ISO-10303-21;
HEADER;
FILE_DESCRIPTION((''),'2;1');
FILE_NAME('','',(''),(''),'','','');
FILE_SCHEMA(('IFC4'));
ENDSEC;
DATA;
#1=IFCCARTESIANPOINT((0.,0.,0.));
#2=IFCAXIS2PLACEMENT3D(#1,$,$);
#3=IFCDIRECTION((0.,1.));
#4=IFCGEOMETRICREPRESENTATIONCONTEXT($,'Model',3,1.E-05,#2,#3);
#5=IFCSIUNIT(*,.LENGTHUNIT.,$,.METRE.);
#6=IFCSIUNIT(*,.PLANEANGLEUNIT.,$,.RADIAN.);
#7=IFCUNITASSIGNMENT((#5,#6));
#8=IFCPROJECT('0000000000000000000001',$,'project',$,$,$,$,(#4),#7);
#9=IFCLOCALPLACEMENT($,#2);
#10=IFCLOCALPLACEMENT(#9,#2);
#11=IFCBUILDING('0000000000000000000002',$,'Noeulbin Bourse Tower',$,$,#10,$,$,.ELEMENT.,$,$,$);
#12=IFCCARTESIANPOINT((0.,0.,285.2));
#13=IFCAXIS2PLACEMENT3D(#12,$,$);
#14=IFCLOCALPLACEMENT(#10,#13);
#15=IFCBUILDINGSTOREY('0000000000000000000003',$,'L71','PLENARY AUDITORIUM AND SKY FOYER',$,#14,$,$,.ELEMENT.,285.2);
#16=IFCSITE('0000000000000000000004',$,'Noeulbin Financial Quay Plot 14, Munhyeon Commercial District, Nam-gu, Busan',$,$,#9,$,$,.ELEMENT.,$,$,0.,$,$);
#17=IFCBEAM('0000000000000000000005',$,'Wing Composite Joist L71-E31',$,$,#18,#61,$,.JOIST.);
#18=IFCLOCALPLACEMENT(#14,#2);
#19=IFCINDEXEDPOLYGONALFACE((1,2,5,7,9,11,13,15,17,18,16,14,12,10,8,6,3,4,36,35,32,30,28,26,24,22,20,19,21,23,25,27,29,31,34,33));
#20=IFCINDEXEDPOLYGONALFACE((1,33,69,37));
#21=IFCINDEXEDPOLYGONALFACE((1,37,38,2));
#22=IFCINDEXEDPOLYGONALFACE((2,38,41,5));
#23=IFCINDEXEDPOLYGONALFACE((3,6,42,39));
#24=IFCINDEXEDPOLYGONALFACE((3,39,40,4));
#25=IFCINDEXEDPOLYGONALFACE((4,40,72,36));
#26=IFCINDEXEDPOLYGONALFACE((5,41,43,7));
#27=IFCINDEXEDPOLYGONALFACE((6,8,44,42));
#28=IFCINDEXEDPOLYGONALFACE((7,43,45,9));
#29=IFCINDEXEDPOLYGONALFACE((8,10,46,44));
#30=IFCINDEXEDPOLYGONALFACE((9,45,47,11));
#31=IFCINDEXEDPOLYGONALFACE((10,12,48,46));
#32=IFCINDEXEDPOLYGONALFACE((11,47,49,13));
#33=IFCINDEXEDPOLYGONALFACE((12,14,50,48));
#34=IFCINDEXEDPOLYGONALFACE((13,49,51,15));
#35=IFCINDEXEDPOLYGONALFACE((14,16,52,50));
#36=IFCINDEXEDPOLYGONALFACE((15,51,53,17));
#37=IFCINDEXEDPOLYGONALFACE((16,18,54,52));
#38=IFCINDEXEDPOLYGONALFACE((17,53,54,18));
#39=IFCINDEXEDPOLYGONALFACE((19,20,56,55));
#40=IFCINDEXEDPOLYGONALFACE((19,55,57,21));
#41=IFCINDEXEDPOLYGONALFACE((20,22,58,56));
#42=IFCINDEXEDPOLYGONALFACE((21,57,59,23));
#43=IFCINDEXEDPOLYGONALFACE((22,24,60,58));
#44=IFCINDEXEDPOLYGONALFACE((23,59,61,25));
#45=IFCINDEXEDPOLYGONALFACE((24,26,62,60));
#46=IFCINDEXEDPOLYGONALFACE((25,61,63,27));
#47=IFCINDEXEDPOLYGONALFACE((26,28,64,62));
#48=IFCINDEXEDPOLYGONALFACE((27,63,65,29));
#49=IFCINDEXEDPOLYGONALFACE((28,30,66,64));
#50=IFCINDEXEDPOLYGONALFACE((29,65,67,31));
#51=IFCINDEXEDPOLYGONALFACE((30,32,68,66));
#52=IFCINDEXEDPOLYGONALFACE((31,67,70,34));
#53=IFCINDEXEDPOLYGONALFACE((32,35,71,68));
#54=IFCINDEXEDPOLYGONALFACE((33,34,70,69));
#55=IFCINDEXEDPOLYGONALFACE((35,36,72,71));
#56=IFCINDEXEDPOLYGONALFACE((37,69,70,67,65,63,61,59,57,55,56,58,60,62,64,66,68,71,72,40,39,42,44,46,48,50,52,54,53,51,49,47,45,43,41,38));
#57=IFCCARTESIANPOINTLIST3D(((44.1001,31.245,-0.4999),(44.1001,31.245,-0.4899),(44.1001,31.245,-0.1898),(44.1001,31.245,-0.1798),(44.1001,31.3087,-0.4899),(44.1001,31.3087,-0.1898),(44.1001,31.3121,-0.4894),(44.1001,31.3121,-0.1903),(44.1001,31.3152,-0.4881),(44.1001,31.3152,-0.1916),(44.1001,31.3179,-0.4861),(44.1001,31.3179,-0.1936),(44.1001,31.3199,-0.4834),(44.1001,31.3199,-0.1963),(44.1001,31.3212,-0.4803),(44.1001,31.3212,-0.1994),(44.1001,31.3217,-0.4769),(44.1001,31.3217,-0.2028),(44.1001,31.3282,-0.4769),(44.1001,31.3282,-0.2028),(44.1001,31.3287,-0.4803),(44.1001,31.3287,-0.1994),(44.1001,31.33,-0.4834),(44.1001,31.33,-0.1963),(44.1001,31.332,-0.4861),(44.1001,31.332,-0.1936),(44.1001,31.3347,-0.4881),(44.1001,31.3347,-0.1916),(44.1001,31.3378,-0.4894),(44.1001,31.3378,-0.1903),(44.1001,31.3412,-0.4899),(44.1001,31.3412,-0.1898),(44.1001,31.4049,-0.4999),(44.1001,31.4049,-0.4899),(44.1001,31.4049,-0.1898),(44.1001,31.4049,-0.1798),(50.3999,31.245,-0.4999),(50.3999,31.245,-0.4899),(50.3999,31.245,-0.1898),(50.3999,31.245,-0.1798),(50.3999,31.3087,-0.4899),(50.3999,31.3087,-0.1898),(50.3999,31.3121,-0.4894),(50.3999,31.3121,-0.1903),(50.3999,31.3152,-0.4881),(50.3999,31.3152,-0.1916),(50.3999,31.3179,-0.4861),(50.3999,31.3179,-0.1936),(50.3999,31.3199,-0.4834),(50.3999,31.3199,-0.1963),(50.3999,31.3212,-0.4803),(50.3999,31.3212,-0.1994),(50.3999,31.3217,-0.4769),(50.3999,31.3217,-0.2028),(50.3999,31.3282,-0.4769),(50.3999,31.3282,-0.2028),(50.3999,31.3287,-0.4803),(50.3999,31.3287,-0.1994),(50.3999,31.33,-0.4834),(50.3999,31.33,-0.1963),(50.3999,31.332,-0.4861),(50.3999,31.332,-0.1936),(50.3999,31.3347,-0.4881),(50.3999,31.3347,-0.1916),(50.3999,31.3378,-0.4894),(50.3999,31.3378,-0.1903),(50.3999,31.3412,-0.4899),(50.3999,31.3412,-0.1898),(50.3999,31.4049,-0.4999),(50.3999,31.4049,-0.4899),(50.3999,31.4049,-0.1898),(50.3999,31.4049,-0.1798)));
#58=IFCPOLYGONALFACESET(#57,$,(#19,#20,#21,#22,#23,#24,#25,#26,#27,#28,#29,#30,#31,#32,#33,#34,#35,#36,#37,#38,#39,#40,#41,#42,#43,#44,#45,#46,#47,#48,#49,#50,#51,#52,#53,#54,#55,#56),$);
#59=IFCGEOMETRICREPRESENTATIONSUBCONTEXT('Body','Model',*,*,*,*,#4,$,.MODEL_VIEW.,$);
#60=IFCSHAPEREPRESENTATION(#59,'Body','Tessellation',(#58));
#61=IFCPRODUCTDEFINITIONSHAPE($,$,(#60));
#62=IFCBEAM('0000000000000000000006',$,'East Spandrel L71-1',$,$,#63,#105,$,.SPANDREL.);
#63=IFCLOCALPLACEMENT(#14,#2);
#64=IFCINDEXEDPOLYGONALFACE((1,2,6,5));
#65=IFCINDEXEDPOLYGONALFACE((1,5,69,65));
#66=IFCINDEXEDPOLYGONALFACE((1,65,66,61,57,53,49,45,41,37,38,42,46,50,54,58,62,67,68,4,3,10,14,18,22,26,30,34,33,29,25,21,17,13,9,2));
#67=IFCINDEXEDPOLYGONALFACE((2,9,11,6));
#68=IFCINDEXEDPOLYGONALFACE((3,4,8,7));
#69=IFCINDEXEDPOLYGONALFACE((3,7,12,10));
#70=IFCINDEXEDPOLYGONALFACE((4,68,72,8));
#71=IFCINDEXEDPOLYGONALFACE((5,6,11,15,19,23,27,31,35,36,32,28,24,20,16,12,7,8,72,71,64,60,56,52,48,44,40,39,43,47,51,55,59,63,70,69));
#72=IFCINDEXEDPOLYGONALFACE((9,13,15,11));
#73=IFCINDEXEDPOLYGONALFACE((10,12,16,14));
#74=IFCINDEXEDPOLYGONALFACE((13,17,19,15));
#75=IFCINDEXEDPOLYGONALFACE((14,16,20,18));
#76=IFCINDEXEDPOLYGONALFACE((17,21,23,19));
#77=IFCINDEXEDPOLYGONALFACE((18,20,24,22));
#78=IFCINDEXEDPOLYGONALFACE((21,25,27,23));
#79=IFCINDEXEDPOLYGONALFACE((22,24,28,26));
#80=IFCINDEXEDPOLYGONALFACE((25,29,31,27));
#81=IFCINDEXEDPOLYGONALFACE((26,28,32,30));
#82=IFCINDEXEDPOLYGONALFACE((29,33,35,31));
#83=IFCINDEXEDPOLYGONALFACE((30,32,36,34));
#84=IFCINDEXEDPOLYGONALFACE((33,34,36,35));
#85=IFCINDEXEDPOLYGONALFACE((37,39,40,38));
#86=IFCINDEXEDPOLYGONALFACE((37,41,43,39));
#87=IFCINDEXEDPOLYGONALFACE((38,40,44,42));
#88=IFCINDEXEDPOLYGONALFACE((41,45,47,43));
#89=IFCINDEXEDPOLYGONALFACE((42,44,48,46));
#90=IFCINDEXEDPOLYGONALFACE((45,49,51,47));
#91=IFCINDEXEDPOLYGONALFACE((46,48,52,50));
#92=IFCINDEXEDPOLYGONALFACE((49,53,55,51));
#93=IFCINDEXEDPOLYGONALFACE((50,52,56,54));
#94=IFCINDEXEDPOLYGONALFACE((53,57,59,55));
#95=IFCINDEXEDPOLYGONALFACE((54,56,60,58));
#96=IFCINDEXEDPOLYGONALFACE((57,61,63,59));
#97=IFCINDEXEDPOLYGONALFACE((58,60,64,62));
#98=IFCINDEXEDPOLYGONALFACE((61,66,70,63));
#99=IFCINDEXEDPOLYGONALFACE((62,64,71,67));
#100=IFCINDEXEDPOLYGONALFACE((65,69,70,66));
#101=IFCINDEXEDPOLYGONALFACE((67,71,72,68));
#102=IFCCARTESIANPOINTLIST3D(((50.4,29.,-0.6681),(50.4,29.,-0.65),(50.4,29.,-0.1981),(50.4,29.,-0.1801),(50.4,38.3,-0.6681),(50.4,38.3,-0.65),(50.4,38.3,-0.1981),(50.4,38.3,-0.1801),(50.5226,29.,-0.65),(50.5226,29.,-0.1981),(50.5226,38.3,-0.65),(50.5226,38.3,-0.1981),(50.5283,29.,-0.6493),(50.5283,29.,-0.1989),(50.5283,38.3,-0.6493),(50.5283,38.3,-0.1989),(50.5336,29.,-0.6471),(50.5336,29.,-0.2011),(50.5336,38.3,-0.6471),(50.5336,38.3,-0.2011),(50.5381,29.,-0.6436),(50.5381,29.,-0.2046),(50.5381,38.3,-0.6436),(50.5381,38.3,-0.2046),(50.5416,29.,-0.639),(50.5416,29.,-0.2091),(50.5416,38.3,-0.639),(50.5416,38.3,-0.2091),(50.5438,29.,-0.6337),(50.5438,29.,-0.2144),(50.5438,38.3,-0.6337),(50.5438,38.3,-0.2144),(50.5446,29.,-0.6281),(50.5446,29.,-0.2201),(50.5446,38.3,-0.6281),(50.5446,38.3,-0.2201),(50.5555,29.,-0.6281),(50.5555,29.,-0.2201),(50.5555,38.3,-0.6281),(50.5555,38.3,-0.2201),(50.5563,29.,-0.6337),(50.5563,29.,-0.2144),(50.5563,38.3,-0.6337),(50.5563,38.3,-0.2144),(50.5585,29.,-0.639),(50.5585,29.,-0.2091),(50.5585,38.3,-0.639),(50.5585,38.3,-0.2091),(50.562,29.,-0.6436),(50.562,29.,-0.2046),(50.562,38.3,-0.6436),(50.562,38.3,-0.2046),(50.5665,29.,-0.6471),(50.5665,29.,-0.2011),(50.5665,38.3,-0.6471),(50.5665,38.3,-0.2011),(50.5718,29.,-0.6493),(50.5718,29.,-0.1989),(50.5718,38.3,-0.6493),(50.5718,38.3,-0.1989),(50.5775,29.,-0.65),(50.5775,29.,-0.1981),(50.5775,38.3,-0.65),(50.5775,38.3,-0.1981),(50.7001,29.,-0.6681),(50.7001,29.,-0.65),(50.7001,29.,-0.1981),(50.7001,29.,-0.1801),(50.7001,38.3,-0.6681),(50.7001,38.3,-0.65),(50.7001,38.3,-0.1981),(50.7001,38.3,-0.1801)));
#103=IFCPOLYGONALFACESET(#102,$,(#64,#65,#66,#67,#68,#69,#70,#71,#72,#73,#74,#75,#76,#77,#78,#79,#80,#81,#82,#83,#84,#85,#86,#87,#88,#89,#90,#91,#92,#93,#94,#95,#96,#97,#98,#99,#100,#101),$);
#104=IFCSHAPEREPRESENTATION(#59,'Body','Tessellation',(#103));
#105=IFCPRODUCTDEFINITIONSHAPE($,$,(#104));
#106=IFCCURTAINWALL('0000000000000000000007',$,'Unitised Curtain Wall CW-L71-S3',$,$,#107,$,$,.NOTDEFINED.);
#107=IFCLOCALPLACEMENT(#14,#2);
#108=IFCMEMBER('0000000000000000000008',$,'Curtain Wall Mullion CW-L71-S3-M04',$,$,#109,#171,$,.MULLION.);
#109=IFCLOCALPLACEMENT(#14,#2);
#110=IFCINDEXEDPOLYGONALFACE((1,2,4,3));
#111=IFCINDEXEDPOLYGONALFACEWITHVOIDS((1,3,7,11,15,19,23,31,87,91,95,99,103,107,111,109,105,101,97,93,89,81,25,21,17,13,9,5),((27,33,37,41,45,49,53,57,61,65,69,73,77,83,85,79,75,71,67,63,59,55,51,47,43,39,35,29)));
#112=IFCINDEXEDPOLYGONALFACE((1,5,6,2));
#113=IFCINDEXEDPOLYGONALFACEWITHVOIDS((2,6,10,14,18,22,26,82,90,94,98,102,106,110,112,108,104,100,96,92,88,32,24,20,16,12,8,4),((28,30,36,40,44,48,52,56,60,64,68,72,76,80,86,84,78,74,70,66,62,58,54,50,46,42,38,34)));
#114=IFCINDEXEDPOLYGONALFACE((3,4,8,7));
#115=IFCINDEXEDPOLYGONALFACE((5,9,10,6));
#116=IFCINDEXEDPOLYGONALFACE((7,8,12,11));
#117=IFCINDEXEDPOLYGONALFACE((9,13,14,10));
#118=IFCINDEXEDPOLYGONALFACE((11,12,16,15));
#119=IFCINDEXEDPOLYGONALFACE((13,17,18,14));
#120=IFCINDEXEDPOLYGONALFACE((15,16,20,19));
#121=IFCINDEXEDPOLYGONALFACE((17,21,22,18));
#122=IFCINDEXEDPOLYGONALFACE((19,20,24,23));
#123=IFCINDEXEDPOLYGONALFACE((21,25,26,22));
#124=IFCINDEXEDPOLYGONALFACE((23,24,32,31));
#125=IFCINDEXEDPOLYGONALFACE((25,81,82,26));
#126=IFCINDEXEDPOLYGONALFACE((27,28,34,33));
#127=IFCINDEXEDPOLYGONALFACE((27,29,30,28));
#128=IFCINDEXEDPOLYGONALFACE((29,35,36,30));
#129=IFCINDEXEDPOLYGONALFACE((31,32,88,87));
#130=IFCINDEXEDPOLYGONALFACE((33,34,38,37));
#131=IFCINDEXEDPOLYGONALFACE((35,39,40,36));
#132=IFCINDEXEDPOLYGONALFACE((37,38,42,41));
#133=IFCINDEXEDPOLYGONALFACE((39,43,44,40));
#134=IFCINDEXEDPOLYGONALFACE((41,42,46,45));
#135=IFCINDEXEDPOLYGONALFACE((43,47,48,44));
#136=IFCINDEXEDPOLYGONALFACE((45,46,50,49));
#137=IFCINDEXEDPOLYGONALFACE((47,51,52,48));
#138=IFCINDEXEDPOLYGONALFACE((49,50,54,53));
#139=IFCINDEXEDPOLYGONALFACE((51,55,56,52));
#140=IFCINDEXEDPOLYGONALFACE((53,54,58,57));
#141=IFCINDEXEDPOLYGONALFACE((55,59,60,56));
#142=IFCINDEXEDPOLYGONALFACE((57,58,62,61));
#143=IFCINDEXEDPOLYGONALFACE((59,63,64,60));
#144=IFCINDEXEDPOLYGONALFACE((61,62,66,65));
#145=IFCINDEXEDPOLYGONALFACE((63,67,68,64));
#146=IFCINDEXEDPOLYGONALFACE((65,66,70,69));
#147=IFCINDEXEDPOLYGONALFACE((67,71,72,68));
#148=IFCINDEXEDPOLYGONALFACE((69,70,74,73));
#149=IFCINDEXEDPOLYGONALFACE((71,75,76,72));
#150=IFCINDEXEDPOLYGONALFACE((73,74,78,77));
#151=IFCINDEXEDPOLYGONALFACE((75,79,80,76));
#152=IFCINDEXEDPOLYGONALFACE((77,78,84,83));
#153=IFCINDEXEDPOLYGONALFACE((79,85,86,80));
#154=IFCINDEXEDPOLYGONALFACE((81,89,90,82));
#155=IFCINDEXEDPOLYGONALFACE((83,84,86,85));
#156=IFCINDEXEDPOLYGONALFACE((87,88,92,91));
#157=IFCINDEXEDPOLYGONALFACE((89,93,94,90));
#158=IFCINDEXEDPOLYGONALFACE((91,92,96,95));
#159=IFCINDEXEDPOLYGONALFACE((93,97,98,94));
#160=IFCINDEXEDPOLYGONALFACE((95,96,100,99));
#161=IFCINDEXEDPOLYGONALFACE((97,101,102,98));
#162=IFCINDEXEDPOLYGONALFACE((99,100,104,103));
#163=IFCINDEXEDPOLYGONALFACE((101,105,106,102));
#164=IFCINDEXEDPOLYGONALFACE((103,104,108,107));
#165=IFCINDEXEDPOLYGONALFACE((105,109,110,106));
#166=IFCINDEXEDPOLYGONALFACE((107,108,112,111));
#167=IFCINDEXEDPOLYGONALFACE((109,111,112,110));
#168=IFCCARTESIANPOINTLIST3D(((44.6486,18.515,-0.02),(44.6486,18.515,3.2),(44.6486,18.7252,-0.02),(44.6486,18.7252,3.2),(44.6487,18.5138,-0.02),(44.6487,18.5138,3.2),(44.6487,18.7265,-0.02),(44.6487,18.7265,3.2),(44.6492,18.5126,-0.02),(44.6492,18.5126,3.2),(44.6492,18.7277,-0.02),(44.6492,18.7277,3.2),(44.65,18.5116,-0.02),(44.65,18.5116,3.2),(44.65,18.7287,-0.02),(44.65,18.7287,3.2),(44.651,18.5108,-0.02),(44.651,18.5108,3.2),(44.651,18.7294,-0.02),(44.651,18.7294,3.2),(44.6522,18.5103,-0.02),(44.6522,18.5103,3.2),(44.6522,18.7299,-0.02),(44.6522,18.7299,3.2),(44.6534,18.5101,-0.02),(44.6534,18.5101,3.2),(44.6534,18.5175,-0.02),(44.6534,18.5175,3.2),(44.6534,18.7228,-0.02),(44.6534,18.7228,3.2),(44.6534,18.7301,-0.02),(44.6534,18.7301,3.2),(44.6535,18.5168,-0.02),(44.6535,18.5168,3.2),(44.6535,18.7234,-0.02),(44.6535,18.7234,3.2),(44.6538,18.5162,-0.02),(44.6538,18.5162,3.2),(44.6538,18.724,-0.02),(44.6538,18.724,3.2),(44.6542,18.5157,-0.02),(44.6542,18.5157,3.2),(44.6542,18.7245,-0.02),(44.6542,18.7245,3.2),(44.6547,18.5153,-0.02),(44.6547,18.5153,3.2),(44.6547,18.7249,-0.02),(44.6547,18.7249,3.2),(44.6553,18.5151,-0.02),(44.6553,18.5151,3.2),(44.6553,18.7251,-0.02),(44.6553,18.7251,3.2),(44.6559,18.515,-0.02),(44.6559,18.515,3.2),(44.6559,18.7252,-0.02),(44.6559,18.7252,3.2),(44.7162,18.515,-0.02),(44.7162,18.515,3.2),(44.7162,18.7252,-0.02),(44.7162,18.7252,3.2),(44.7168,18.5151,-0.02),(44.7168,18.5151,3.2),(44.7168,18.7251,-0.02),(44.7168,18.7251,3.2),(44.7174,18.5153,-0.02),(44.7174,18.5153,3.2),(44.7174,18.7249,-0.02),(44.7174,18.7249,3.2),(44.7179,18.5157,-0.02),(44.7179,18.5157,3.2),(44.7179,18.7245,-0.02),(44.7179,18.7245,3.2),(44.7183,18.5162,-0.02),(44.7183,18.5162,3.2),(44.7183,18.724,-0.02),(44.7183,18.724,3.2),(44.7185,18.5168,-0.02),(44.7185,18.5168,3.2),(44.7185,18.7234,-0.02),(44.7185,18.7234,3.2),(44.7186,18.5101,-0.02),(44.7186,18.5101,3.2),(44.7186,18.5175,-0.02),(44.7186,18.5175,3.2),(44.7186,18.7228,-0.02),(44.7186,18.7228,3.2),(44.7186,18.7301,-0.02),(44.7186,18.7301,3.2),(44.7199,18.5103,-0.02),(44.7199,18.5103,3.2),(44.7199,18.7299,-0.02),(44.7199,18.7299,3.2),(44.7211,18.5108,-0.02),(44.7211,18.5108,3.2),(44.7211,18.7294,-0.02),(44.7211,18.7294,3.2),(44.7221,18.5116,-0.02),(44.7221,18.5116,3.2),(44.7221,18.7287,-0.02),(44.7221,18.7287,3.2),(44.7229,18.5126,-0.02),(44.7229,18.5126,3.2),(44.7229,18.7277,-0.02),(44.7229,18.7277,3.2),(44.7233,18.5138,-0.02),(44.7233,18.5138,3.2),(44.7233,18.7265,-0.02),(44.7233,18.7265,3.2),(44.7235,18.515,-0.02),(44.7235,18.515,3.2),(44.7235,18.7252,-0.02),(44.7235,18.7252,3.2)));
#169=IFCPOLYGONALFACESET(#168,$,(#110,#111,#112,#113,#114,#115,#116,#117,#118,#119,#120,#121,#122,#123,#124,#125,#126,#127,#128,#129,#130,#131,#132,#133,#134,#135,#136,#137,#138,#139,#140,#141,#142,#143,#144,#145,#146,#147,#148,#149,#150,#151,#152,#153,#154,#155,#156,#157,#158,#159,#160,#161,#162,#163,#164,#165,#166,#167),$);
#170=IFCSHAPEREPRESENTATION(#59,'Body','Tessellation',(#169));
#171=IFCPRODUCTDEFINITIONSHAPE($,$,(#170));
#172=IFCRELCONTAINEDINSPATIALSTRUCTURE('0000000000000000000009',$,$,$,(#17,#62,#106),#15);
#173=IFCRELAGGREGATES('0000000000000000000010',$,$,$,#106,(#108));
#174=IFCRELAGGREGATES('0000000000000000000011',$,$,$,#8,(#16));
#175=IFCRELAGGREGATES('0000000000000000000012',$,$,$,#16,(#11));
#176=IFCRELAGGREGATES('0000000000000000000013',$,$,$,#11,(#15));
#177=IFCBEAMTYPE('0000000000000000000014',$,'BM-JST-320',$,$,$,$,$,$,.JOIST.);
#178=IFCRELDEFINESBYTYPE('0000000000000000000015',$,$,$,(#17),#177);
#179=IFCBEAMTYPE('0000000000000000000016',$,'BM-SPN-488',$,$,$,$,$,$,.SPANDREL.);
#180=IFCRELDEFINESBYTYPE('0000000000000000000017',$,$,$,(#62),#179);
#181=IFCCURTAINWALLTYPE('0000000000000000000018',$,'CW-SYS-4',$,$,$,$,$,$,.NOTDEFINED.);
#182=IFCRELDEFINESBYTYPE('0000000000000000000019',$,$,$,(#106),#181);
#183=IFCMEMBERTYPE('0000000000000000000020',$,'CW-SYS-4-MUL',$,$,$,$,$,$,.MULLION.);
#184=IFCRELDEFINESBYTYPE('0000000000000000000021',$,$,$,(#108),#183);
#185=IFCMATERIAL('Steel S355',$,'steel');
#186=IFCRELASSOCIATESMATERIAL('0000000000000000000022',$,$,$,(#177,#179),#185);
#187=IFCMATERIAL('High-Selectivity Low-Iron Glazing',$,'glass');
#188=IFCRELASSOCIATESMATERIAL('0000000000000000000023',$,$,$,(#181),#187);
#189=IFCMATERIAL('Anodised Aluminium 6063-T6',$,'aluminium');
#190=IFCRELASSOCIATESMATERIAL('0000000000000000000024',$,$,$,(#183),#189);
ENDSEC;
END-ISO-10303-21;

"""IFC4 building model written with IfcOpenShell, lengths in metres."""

from ifc_helpers import new_model, si_unit, direction, frame, origin, origin_2d, place, context, subcontext, project, spatial, hollow_rectangle, i_section, extrude, material, material_profile, profile_set, type_object, element, aggregate, save


model = new_model("IFC4")

# Units and contexts
model_context = context("Model", 3, precision=1e-05, world=origin(), true_north=direction((0.0, 1.0)))
body_context = subcontext(model_context, "Body", "Model", "MODEL_VIEW")
ifc_project = project(units=[si_unit("LENGTHUNIT", "METRE"), si_unit("PLANEANGLEUNIT", "RADIAN")], contexts=[model_context])

# Site, building, storey
site_placement = place(None, origin())
site = spatial("IfcSite", under=ifc_project, at=site_placement, Name="Noeulbin Financial Quay Plot 14, Munhyeon Commercial District, Nam-gu, Busan", CompositionType="ELEMENT", RefElevation=0.0)
building_placement = place(site_placement, origin())
building = spatial("IfcBuilding", under=site, at=building_placement, Name="Noeulbin Bourse Tower", CompositionType="ELEMENT")
storey_placement = place(building_placement, frame((0.0, 0.0, 285.2)))
storey = spatial("IfcBuildingStorey", under=building, at=storey_placement, Name="L71", Description="PLENARY AUDITORIUM AND SKY FOYER", CompositionType="ELEMENT", Elevation=285.2)

# Shared definitions
ifc_material_1 = material(Name="Steel S355", Category="steel")

# Beams
ifc_material_profile_1 = material_profile(ifc_material_1, i_section(OverallWidth=0.1599, OverallDepth=0.3201, WebThickness=0.0066, FlangeThickness=0.01, FilletRadius=0.0129, at=origin_2d()), Name="H-320x160x6.5x10", Category="LoadBearing")
ifc_profile_set_1 = profile_set([ifc_material_profile_1], Name="Steel S355")
beam_type_1 = type_object("IfcBeamType", Name="BM-JST-320", PredefinedType="JOIST", material=ifc_profile_set_1)
beam_1_placement = place(storey_placement, frame((44.1001, 31.325, -0.3398), z_axis=(1.0, 0.0, 0.0), x_axis=(0.0, 1.0, 0.0)))
element("IfcBeam", 1, at=beam_1_placement, inside=storey, type_object=beam_type_1, Name="Wing Composite Joist L71-E31", PredefinedType="JOIST", context=body_context, shape_type="SweptSolid", body=[
    extrude(i_section(OverallWidth=0.1599, OverallDepth=0.3201, WebThickness=0.0066, FlangeThickness=0.01, FilletRadius=0.0129, at=origin_2d()), origin(), (0.0, 0.0, 1.0), 6.2998),
])
ifc_material_profile_2 = material_profile(ifc_material_1, i_section(OverallWidth=0.3, OverallDepth=0.488, WebThickness=0.011, FlangeThickness=0.0181, FilletRadius=0.022, at=origin_2d()), Name="H-488x300x11x18", Category="LoadBearing")
ifc_profile_set_2 = profile_set([ifc_material_profile_2], Name="Steel S355")
beam_type_2 = type_object("IfcBeamType", Name="BM-SPN-488", PredefinedType="SPANDREL", material=ifc_profile_set_2)
beam_2_placement = place(storey_placement, frame((50.55, 29.0, -0.4241), z_axis=(0.0, 1.0, 0.0), x_axis=(-1.0, 0.0, 0.0)))
element("IfcBeam", 2, at=beam_2_placement, inside=storey, type_object=beam_type_2, Name="East Spandrel L71-1", PredefinedType="SPANDREL", context=body_context, shape_type="SweptSolid", body=[
    extrude(i_section(OverallWidth=0.3, OverallDepth=0.488, WebThickness=0.011, FlangeThickness=0.0181, FilletRadius=0.022, at=origin_2d()), origin(), (0.0, 0.0, 1.0), 9.3),
])

# Curtain wall, member
ifc_material_2 = material(Name="High-Selectivity Low-Iron Glazing", Category="glass")
curtain_wall_type = type_object("IfcCurtainWallType", Name="CW-SYS-4", PredefinedType="NOTDEFINED", material=ifc_material_2)
curtain_wall_1_placement = place(storey_placement, origin())
curtain_wall_1 = element("IfcCurtainWall", 3, at=curtain_wall_1_placement, inside=storey, type_object=curtain_wall_type, Name="Unitised Curtain Wall CW-L71-S3", PredefinedType="NOTDEFINED")
ifc_material_3 = material(Name="Anodised Aluminium 6063-T6", Category="aluminium")
ifc_material_profile_3 = material_profile(ifc_material_3, hollow_rectangle(XDim=0.075, YDim=0.22, WallThickness=0.0049, InnerFilletRadius=0.0024, OuterFilletRadius=0.0049, at=origin_2d()), Name="ALU-MULL-75x220x5", Category="LoadBearing")
ifc_profile_set_3 = profile_set([ifc_material_profile_3], Name="Anodised Aluminium 6063-T6")
member_type_1 = type_object("IfcMemberType", Name="CW-SYS-4-MUL", PredefinedType="MULLION", material=ifc_profile_set_3)
member_1_placement = place(storey_placement, frame((44.686, 18.6201, -0.02), z_axis=(0.0, 0.0, 1.0), x_axis=(1.0, 0.0, 0.0)))
member_1 = element("IfcMember", 4, at=member_1_placement, type_object=member_type_1, Name="Curtain Wall Mullion CW-L71-S3-M04", PredefinedType="MULLION", context=body_context, shape_type="SweptSolid", body=[
    extrude(hollow_rectangle(XDim=0.075, YDim=0.22, WallThickness=0.0049, InnerFilletRadius=0.0024, OuterFilletRadius=0.0049, at=origin_2d()), origin(), (0.0, 0.0, 1.0), 3.22),
])

aggregate(curtain_wall_1, [member_1])

save(model, "model.ifc")
